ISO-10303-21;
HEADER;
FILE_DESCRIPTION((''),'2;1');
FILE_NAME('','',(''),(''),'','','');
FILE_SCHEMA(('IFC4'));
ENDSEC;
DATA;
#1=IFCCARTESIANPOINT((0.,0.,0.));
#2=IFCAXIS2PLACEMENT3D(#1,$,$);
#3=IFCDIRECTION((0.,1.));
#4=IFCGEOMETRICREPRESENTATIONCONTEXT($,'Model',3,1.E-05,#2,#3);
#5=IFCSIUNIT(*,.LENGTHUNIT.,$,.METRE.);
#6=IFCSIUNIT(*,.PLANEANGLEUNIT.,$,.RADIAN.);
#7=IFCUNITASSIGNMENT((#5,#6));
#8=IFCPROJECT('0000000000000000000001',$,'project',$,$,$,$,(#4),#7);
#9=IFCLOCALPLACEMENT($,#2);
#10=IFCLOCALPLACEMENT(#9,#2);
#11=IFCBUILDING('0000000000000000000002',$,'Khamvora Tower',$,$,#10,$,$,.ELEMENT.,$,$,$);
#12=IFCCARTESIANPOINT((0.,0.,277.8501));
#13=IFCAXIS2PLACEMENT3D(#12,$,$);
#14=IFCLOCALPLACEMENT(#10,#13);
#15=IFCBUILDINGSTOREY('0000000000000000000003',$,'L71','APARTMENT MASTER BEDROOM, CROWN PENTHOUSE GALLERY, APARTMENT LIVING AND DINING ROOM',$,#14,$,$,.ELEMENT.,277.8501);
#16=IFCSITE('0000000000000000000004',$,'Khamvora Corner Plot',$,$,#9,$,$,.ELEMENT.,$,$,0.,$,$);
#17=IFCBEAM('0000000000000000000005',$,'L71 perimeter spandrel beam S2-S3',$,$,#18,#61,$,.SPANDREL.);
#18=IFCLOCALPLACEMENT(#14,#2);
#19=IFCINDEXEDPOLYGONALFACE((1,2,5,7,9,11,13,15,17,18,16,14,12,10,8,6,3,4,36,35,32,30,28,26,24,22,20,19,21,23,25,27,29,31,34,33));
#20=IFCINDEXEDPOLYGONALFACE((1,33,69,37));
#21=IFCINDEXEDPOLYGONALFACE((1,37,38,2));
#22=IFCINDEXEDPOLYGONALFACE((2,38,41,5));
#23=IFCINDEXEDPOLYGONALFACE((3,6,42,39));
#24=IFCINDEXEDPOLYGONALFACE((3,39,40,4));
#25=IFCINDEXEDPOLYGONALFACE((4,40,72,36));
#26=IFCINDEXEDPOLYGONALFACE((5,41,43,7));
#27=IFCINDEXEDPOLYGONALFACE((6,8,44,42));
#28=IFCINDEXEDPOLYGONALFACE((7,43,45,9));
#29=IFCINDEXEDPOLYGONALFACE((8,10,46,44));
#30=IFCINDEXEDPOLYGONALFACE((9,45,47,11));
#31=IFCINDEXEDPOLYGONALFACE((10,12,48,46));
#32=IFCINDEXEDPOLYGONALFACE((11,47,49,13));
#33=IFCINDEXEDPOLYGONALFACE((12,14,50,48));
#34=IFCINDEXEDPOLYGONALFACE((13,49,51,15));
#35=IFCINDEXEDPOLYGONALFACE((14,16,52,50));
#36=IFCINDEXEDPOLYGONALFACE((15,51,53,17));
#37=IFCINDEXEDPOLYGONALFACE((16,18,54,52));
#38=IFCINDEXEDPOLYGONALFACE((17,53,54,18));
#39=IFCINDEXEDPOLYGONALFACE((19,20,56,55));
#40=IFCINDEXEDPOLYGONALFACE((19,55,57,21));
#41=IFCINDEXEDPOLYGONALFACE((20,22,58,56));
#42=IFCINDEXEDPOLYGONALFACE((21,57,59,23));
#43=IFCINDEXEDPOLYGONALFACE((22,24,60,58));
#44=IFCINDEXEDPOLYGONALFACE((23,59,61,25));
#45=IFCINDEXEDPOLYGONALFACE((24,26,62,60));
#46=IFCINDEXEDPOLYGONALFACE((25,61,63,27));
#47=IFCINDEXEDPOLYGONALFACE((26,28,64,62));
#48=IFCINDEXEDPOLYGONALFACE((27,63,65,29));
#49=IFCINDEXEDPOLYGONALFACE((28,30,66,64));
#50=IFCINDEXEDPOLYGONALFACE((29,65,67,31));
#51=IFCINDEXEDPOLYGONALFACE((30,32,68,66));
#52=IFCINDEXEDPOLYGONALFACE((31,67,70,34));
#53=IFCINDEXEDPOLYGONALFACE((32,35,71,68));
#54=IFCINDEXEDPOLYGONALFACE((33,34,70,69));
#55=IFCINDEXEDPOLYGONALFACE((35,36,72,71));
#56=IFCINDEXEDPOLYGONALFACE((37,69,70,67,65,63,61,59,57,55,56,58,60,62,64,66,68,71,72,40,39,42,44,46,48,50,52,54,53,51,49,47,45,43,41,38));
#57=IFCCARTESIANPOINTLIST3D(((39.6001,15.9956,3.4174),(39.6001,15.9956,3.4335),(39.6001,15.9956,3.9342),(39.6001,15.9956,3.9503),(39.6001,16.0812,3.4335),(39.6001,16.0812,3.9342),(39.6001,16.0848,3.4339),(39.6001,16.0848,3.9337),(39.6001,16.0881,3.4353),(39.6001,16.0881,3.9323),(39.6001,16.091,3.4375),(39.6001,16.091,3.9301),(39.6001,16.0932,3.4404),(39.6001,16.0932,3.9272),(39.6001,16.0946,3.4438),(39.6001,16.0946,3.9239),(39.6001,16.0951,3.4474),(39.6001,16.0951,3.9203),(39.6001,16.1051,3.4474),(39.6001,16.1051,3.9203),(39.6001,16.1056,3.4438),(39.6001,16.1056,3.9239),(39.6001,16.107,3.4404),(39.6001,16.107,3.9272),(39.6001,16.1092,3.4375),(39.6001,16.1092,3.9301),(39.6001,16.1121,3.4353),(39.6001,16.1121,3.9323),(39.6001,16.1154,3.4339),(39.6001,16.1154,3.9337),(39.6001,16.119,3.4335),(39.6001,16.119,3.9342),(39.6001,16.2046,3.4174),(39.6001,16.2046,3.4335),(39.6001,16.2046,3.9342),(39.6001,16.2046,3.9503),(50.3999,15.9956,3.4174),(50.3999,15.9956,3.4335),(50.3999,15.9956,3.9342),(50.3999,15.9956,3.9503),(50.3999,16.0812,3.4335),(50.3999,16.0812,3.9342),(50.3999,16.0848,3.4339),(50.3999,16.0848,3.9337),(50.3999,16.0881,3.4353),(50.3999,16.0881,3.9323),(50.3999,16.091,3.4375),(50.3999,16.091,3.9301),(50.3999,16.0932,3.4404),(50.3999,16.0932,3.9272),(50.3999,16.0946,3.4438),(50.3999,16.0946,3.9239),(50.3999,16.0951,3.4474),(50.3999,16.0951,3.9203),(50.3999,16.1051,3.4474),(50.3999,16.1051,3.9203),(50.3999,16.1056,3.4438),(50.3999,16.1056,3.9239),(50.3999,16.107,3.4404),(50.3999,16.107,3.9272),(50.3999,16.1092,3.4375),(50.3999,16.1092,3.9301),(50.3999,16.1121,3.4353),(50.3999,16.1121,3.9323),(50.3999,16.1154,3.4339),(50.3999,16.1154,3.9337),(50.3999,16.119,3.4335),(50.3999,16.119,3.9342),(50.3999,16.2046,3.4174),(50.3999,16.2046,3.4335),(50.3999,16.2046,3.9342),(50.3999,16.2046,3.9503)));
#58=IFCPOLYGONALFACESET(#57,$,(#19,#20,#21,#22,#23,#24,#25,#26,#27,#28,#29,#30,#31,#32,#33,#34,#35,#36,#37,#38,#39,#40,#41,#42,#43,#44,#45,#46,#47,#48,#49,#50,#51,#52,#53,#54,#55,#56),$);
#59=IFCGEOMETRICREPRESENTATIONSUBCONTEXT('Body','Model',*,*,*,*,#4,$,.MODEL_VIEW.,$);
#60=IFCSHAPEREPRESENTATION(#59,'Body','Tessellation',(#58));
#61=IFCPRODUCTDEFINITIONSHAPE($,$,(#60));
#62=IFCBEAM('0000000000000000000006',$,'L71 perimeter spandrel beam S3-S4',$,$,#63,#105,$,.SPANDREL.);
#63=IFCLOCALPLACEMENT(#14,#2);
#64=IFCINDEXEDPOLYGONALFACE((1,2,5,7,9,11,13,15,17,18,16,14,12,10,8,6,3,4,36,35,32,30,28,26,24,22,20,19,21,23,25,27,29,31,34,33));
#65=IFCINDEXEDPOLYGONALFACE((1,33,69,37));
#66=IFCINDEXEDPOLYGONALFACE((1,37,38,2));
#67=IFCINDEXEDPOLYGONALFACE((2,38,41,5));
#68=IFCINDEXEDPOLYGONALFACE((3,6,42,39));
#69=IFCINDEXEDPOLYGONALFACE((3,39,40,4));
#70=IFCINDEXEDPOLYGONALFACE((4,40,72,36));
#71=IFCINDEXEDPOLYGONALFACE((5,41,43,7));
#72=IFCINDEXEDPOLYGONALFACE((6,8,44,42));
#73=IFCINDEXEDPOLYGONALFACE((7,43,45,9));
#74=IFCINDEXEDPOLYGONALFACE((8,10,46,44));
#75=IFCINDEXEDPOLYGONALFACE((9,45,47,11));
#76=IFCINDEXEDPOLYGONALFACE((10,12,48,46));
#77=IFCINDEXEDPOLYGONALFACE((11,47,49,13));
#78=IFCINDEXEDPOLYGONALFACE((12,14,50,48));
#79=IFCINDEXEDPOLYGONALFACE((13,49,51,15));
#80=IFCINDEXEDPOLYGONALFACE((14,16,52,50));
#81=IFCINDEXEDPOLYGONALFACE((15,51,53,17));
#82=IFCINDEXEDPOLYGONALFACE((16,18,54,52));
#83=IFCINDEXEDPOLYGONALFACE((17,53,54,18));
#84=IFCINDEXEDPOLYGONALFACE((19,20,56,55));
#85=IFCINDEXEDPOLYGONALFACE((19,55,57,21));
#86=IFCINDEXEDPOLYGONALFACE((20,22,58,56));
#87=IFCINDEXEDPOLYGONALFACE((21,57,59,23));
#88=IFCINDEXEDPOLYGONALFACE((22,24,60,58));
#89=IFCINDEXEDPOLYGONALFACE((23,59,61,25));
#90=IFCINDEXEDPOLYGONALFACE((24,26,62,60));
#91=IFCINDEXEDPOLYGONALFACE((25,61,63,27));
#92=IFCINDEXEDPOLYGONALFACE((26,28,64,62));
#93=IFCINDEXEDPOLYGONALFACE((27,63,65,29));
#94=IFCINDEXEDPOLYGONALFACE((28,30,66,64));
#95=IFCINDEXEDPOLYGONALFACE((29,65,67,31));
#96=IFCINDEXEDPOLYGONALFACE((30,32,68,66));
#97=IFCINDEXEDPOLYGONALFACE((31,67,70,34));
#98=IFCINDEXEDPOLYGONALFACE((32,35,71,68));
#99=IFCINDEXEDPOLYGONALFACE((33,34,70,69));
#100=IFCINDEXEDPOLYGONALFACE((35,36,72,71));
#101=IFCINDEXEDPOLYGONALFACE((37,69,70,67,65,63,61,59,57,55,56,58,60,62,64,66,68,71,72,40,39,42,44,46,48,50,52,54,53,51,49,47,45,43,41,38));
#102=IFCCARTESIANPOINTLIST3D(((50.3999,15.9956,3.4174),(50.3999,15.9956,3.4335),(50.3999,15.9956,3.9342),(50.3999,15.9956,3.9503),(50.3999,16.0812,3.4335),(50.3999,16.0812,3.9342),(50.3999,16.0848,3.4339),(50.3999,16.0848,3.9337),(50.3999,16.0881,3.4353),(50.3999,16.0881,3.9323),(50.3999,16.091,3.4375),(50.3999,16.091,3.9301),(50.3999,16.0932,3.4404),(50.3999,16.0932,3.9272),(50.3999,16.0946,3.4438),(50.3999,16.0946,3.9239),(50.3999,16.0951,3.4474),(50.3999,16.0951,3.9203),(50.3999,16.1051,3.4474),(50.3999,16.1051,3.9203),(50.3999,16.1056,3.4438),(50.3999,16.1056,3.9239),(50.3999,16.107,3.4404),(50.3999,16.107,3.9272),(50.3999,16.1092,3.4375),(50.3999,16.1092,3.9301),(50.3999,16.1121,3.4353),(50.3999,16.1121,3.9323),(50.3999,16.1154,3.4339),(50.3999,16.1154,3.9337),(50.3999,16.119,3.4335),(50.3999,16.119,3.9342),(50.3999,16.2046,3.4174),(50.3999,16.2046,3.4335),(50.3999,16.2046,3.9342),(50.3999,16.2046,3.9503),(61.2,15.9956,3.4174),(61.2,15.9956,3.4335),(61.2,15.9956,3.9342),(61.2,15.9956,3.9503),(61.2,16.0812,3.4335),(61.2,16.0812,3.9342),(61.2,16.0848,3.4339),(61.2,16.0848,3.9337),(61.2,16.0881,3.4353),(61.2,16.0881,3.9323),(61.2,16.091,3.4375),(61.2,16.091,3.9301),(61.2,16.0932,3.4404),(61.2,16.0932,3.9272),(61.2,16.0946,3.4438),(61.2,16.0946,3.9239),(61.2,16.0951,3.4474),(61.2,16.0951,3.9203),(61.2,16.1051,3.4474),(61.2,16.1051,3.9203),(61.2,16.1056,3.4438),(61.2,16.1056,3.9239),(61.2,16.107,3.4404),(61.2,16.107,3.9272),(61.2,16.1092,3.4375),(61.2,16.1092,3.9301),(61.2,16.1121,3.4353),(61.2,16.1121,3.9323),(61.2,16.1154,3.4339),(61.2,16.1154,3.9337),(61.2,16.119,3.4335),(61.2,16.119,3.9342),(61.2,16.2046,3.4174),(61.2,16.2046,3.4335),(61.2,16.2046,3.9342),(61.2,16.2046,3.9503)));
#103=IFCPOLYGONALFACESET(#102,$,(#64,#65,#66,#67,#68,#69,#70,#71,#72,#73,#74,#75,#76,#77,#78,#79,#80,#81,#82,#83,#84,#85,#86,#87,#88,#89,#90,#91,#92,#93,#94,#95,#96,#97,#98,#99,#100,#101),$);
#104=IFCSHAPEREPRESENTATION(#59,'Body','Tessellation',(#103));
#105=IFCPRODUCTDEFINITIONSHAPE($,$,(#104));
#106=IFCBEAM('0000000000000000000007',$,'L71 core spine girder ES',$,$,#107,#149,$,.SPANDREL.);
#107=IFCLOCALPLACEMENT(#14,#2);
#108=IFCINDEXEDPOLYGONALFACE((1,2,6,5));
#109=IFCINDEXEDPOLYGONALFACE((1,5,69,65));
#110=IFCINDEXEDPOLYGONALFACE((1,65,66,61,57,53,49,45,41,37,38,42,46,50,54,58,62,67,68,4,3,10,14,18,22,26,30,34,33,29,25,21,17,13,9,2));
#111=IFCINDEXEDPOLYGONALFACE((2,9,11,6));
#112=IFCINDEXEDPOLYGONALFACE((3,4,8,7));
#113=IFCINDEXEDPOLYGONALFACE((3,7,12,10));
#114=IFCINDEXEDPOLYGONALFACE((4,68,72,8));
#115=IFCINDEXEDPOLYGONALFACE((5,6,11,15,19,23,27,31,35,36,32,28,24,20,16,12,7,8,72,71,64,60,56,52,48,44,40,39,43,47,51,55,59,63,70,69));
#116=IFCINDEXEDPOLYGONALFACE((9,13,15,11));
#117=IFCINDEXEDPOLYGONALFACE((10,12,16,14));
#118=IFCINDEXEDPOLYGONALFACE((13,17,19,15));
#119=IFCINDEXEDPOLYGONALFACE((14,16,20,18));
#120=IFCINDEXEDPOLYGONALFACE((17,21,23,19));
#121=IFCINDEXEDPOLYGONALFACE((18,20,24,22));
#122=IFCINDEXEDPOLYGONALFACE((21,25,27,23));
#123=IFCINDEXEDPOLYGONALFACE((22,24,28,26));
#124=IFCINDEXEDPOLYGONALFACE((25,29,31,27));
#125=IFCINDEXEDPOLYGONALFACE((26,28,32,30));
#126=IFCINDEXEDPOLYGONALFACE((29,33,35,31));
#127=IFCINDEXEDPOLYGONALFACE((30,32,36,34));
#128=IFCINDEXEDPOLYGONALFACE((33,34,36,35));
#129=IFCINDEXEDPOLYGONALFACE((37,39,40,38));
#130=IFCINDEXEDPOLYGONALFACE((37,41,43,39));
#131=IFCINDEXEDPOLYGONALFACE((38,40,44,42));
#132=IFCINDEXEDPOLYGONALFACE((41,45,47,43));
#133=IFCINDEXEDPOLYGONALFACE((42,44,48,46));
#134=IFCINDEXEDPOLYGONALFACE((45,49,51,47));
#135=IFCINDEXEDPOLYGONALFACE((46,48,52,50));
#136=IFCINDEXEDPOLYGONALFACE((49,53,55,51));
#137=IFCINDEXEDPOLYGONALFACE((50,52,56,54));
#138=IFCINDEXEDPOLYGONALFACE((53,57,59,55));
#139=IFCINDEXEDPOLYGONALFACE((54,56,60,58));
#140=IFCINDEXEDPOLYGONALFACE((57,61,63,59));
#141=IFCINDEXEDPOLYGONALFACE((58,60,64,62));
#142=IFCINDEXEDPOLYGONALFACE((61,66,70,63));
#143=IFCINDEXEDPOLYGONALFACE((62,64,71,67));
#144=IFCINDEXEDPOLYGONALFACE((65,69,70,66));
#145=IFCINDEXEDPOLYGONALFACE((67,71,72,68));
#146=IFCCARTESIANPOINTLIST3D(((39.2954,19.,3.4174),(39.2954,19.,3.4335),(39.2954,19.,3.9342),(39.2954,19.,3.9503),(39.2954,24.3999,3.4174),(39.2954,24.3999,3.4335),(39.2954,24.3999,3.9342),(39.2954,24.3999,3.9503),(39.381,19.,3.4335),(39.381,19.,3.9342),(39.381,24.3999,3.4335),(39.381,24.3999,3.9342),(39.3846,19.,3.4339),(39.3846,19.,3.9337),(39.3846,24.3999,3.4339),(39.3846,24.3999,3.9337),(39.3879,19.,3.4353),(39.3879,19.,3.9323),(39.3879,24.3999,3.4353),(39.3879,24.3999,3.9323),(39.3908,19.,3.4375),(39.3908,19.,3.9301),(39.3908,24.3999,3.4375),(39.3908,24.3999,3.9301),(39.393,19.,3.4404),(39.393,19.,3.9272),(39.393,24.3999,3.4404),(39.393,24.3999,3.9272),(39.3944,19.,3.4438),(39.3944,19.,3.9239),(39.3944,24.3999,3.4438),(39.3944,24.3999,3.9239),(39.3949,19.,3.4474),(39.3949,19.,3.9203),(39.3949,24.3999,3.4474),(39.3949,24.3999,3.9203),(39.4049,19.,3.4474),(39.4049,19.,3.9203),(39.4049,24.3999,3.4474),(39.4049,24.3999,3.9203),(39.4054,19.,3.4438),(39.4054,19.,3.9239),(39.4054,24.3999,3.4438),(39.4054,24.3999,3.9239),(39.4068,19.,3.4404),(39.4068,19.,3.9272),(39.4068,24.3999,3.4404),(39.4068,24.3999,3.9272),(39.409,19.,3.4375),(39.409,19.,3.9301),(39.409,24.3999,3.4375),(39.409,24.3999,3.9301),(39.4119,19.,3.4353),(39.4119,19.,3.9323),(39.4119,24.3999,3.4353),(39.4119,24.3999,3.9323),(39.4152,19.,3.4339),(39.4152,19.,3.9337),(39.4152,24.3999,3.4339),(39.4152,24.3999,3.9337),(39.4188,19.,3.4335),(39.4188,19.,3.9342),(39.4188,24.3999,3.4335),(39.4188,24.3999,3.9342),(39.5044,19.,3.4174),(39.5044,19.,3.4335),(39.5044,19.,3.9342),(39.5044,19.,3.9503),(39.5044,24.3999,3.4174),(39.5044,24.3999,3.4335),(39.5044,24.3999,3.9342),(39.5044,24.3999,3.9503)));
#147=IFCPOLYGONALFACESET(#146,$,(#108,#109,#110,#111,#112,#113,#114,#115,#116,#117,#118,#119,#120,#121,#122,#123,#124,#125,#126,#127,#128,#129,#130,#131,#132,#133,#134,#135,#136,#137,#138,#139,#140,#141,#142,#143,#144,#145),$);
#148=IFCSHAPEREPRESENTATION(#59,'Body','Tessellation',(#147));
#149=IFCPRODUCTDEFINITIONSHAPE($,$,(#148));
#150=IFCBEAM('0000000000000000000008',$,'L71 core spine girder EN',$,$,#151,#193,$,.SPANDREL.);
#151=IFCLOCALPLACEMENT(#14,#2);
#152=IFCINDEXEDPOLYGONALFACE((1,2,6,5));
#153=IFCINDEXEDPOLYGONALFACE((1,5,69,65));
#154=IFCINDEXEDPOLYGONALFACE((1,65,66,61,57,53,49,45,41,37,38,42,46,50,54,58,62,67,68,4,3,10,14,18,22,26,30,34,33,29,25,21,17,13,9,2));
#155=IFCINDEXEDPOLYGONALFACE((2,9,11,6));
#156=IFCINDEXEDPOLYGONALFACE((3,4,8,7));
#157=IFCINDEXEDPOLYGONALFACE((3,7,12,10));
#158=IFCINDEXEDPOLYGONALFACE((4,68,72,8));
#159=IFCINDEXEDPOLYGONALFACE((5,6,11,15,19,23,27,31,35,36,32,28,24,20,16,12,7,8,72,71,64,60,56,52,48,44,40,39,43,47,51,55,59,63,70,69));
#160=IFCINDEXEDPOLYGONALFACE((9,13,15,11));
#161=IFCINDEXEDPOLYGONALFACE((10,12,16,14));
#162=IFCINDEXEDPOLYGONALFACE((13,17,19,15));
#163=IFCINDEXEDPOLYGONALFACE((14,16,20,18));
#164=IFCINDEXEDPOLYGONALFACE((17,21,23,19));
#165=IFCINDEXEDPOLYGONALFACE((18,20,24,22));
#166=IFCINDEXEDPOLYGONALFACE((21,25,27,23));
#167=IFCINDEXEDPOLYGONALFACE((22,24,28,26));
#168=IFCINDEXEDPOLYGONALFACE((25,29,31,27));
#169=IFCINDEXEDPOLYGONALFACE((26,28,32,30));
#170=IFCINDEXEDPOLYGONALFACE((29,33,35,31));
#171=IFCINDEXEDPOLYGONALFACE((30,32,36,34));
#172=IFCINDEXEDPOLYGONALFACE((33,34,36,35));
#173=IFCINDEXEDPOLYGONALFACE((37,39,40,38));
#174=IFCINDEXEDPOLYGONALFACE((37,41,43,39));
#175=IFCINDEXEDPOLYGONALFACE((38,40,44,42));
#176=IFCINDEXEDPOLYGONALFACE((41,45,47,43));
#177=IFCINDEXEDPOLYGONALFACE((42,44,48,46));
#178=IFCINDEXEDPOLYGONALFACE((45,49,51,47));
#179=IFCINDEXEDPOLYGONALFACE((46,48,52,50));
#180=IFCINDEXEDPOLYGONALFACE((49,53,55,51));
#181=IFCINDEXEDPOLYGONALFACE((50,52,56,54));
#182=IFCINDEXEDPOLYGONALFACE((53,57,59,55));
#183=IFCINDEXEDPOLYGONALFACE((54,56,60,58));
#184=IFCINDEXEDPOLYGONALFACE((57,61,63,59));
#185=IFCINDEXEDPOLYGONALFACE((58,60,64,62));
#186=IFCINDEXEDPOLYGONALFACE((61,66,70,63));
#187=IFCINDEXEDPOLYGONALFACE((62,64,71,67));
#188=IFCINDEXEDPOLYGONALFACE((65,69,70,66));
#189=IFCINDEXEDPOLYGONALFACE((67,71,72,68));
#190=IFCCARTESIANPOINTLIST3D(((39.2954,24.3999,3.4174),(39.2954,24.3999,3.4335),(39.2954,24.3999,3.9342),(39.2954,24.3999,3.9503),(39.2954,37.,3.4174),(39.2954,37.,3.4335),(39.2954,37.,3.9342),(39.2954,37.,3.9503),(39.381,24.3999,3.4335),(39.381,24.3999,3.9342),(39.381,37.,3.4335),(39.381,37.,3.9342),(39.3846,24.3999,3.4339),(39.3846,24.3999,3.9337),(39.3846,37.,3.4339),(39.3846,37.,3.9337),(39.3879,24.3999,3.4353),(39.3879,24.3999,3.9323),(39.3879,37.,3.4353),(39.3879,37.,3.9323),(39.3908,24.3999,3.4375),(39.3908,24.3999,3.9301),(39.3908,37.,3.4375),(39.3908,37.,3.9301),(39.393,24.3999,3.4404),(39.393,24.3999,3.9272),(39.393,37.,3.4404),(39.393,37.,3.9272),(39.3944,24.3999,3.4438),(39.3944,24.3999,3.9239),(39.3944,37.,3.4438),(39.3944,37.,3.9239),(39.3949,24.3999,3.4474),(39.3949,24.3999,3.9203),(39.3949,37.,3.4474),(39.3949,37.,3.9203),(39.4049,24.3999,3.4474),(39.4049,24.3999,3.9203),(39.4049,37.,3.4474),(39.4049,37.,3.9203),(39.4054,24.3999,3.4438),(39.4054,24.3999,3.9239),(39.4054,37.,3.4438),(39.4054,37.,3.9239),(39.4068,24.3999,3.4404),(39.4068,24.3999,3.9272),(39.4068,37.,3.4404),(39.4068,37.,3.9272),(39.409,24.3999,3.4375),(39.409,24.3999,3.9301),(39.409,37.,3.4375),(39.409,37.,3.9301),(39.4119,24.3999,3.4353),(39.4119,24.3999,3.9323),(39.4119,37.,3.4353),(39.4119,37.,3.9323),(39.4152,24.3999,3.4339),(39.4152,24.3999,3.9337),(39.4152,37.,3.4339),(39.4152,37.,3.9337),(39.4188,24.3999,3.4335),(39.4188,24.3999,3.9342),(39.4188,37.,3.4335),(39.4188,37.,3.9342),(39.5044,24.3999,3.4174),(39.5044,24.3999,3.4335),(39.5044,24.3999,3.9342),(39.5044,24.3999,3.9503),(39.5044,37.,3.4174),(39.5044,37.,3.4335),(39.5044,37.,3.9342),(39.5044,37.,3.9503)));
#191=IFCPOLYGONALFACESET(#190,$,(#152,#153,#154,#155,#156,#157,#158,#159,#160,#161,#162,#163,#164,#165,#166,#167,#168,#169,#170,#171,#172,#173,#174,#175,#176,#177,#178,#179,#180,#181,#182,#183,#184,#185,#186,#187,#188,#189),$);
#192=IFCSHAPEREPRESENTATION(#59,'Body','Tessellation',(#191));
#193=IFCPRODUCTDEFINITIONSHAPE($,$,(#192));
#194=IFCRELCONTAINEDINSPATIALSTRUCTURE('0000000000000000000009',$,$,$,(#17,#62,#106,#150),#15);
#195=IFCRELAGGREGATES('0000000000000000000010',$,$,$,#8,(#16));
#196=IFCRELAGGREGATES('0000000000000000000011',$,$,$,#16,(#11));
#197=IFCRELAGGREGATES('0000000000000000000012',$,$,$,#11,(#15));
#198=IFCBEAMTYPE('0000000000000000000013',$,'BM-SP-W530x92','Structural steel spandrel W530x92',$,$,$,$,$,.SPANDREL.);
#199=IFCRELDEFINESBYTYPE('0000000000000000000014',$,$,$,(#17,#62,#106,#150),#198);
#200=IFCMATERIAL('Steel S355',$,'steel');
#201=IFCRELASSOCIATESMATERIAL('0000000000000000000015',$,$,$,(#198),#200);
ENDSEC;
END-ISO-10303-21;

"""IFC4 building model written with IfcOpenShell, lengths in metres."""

from ifc_helpers import new_model, si_unit, direction, frame, origin, origin_2d, place, context, subcontext, project, spatial, i_section, extrude, material, material_profile, profile_set, type_object, element, save


model = new_model("IFC4")

# Units and contexts
model_context = context("Model", 3, precision=1e-05, world=origin(), true_north=direction((0.0, 1.0)))
body_context = subcontext(model_context, "Body", "Model", "MODEL_VIEW")
ifc_project = project(units=[si_unit("LENGTHUNIT", "METRE"), si_unit("PLANEANGLEUNIT", "RADIAN")], contexts=[model_context])

# Site, building, storey
site_placement = place(None, origin())
site = spatial("IfcSite", under=ifc_project, at=site_placement, Name="Khamvora Corner Plot", CompositionType="ELEMENT", RefElevation=0.0)
building_placement = place(site_placement, origin())
building = spatial("IfcBuilding", under=site, at=building_placement, Name="Khamvora Tower", CompositionType="ELEMENT")
storey_placement = place(building_placement, frame((0.0, 0.0, 277.8501)))
storey = spatial("IfcBuildingStorey", under=building, at=storey_placement, Name="L71", Description="APARTMENT MASTER BEDROOM, CROWN PENTHOUSE GALLERY, APARTMENT LIVING AND DINING ROOM", CompositionType="ELEMENT", Elevation=277.8501)

# Shared definitions
ifc_material_1 = material(Name="Steel S355", Category="steel")

# Beams
ifc_material_profile_1 = material_profile(ifc_material_1, i_section(OverallWidth=0.209, OverallDepth=0.533, WebThickness=0.01, FlangeThickness=0.0161, FilletRadius=0.0139, at=origin_2d()), Name="W530x92")
ifc_profile_set_1 = profile_set([ifc_material_profile_1], Name="Steel S355")
beam_type_1 = type_object("IfcBeamType", Name="BM-SP-W530x92", Description="Structural steel spandrel W530x92", PredefinedType="SPANDREL", material=ifc_profile_set_1)
beam_1_placement = place(storey_placement, frame((39.6001, 16.1001, 3.6838), z_axis=(1.0, 0.0, 0.0), x_axis=(0.0, 1.0, 0.0)))
element("IfcBeam", 1, at=beam_1_placement, inside=storey, type_object=beam_type_1, Name="L71 perimeter spandrel beam S2-S3", PredefinedType="SPANDREL", context=body_context, shape_type="SweptSolid", body=[
    extrude(i_section(OverallWidth=0.209, OverallDepth=0.533, WebThickness=0.01, FlangeThickness=0.0161, FilletRadius=0.0139, at=origin_2d()), origin(), (0.0, 0.0, 1.0), 10.7998),
])
beam_2_placement = place(storey_placement, frame((50.3999, 16.1001, 3.6838), z_axis=(1.0, 0.0, 0.0), x_axis=(0.0, 1.0, 0.0)))
element("IfcBeam", 2, at=beam_2_placement, inside=storey, type_object=beam_type_1, Name="L71 perimeter spandrel beam S3-S4", PredefinedType="SPANDREL", context=body_context, shape_type="SweptSolid", body=[
    extrude(i_section(OverallWidth=0.209, OverallDepth=0.533, WebThickness=0.01, FlangeThickness=0.0161, FilletRadius=0.0139, at=origin_2d()), origin(), (0.0, 0.0, 1.0), 10.8),
])
beam_3_placement = place(storey_placement, frame((39.3999, 19.0, 3.6838), z_axis=(0.0, 1.0, 0.0), x_axis=(-1.0, 0.0, 0.0)))
element("IfcBeam", 3, at=beam_3_placement, inside=storey, type_object=beam_type_1, Name="L71 core spine girder ES", PredefinedType="SPANDREL", context=body_context, shape_type="SweptSolid", body=[
    extrude(i_section(OverallWidth=0.209, OverallDepth=0.533, WebThickness=0.01, FlangeThickness=0.0161, FilletRadius=0.0139, at=origin_2d()), origin(), (0.0, 0.0, 1.0), 5.3999),
])
beam_4_placement = place(storey_placement, frame((39.3999, 24.3999, 3.6838), z_axis=(0.0, 1.0, 0.0), x_axis=(-1.0, 0.0, 0.0)))
element("IfcBeam", 4, at=beam_4_placement, inside=storey, type_object=beam_type_1, Name="L71 core spine girder EN", PredefinedType="SPANDREL", context=body_context, shape_type="SweptSolid", body=[
    extrude(i_section(OverallWidth=0.209, OverallDepth=0.533, WebThickness=0.01, FlangeThickness=0.0161, FilletRadius=0.0139, at=origin_2d()), origin(), (0.0, 0.0, 1.0), 12.6001),
])

save(model, "model.ifc")
